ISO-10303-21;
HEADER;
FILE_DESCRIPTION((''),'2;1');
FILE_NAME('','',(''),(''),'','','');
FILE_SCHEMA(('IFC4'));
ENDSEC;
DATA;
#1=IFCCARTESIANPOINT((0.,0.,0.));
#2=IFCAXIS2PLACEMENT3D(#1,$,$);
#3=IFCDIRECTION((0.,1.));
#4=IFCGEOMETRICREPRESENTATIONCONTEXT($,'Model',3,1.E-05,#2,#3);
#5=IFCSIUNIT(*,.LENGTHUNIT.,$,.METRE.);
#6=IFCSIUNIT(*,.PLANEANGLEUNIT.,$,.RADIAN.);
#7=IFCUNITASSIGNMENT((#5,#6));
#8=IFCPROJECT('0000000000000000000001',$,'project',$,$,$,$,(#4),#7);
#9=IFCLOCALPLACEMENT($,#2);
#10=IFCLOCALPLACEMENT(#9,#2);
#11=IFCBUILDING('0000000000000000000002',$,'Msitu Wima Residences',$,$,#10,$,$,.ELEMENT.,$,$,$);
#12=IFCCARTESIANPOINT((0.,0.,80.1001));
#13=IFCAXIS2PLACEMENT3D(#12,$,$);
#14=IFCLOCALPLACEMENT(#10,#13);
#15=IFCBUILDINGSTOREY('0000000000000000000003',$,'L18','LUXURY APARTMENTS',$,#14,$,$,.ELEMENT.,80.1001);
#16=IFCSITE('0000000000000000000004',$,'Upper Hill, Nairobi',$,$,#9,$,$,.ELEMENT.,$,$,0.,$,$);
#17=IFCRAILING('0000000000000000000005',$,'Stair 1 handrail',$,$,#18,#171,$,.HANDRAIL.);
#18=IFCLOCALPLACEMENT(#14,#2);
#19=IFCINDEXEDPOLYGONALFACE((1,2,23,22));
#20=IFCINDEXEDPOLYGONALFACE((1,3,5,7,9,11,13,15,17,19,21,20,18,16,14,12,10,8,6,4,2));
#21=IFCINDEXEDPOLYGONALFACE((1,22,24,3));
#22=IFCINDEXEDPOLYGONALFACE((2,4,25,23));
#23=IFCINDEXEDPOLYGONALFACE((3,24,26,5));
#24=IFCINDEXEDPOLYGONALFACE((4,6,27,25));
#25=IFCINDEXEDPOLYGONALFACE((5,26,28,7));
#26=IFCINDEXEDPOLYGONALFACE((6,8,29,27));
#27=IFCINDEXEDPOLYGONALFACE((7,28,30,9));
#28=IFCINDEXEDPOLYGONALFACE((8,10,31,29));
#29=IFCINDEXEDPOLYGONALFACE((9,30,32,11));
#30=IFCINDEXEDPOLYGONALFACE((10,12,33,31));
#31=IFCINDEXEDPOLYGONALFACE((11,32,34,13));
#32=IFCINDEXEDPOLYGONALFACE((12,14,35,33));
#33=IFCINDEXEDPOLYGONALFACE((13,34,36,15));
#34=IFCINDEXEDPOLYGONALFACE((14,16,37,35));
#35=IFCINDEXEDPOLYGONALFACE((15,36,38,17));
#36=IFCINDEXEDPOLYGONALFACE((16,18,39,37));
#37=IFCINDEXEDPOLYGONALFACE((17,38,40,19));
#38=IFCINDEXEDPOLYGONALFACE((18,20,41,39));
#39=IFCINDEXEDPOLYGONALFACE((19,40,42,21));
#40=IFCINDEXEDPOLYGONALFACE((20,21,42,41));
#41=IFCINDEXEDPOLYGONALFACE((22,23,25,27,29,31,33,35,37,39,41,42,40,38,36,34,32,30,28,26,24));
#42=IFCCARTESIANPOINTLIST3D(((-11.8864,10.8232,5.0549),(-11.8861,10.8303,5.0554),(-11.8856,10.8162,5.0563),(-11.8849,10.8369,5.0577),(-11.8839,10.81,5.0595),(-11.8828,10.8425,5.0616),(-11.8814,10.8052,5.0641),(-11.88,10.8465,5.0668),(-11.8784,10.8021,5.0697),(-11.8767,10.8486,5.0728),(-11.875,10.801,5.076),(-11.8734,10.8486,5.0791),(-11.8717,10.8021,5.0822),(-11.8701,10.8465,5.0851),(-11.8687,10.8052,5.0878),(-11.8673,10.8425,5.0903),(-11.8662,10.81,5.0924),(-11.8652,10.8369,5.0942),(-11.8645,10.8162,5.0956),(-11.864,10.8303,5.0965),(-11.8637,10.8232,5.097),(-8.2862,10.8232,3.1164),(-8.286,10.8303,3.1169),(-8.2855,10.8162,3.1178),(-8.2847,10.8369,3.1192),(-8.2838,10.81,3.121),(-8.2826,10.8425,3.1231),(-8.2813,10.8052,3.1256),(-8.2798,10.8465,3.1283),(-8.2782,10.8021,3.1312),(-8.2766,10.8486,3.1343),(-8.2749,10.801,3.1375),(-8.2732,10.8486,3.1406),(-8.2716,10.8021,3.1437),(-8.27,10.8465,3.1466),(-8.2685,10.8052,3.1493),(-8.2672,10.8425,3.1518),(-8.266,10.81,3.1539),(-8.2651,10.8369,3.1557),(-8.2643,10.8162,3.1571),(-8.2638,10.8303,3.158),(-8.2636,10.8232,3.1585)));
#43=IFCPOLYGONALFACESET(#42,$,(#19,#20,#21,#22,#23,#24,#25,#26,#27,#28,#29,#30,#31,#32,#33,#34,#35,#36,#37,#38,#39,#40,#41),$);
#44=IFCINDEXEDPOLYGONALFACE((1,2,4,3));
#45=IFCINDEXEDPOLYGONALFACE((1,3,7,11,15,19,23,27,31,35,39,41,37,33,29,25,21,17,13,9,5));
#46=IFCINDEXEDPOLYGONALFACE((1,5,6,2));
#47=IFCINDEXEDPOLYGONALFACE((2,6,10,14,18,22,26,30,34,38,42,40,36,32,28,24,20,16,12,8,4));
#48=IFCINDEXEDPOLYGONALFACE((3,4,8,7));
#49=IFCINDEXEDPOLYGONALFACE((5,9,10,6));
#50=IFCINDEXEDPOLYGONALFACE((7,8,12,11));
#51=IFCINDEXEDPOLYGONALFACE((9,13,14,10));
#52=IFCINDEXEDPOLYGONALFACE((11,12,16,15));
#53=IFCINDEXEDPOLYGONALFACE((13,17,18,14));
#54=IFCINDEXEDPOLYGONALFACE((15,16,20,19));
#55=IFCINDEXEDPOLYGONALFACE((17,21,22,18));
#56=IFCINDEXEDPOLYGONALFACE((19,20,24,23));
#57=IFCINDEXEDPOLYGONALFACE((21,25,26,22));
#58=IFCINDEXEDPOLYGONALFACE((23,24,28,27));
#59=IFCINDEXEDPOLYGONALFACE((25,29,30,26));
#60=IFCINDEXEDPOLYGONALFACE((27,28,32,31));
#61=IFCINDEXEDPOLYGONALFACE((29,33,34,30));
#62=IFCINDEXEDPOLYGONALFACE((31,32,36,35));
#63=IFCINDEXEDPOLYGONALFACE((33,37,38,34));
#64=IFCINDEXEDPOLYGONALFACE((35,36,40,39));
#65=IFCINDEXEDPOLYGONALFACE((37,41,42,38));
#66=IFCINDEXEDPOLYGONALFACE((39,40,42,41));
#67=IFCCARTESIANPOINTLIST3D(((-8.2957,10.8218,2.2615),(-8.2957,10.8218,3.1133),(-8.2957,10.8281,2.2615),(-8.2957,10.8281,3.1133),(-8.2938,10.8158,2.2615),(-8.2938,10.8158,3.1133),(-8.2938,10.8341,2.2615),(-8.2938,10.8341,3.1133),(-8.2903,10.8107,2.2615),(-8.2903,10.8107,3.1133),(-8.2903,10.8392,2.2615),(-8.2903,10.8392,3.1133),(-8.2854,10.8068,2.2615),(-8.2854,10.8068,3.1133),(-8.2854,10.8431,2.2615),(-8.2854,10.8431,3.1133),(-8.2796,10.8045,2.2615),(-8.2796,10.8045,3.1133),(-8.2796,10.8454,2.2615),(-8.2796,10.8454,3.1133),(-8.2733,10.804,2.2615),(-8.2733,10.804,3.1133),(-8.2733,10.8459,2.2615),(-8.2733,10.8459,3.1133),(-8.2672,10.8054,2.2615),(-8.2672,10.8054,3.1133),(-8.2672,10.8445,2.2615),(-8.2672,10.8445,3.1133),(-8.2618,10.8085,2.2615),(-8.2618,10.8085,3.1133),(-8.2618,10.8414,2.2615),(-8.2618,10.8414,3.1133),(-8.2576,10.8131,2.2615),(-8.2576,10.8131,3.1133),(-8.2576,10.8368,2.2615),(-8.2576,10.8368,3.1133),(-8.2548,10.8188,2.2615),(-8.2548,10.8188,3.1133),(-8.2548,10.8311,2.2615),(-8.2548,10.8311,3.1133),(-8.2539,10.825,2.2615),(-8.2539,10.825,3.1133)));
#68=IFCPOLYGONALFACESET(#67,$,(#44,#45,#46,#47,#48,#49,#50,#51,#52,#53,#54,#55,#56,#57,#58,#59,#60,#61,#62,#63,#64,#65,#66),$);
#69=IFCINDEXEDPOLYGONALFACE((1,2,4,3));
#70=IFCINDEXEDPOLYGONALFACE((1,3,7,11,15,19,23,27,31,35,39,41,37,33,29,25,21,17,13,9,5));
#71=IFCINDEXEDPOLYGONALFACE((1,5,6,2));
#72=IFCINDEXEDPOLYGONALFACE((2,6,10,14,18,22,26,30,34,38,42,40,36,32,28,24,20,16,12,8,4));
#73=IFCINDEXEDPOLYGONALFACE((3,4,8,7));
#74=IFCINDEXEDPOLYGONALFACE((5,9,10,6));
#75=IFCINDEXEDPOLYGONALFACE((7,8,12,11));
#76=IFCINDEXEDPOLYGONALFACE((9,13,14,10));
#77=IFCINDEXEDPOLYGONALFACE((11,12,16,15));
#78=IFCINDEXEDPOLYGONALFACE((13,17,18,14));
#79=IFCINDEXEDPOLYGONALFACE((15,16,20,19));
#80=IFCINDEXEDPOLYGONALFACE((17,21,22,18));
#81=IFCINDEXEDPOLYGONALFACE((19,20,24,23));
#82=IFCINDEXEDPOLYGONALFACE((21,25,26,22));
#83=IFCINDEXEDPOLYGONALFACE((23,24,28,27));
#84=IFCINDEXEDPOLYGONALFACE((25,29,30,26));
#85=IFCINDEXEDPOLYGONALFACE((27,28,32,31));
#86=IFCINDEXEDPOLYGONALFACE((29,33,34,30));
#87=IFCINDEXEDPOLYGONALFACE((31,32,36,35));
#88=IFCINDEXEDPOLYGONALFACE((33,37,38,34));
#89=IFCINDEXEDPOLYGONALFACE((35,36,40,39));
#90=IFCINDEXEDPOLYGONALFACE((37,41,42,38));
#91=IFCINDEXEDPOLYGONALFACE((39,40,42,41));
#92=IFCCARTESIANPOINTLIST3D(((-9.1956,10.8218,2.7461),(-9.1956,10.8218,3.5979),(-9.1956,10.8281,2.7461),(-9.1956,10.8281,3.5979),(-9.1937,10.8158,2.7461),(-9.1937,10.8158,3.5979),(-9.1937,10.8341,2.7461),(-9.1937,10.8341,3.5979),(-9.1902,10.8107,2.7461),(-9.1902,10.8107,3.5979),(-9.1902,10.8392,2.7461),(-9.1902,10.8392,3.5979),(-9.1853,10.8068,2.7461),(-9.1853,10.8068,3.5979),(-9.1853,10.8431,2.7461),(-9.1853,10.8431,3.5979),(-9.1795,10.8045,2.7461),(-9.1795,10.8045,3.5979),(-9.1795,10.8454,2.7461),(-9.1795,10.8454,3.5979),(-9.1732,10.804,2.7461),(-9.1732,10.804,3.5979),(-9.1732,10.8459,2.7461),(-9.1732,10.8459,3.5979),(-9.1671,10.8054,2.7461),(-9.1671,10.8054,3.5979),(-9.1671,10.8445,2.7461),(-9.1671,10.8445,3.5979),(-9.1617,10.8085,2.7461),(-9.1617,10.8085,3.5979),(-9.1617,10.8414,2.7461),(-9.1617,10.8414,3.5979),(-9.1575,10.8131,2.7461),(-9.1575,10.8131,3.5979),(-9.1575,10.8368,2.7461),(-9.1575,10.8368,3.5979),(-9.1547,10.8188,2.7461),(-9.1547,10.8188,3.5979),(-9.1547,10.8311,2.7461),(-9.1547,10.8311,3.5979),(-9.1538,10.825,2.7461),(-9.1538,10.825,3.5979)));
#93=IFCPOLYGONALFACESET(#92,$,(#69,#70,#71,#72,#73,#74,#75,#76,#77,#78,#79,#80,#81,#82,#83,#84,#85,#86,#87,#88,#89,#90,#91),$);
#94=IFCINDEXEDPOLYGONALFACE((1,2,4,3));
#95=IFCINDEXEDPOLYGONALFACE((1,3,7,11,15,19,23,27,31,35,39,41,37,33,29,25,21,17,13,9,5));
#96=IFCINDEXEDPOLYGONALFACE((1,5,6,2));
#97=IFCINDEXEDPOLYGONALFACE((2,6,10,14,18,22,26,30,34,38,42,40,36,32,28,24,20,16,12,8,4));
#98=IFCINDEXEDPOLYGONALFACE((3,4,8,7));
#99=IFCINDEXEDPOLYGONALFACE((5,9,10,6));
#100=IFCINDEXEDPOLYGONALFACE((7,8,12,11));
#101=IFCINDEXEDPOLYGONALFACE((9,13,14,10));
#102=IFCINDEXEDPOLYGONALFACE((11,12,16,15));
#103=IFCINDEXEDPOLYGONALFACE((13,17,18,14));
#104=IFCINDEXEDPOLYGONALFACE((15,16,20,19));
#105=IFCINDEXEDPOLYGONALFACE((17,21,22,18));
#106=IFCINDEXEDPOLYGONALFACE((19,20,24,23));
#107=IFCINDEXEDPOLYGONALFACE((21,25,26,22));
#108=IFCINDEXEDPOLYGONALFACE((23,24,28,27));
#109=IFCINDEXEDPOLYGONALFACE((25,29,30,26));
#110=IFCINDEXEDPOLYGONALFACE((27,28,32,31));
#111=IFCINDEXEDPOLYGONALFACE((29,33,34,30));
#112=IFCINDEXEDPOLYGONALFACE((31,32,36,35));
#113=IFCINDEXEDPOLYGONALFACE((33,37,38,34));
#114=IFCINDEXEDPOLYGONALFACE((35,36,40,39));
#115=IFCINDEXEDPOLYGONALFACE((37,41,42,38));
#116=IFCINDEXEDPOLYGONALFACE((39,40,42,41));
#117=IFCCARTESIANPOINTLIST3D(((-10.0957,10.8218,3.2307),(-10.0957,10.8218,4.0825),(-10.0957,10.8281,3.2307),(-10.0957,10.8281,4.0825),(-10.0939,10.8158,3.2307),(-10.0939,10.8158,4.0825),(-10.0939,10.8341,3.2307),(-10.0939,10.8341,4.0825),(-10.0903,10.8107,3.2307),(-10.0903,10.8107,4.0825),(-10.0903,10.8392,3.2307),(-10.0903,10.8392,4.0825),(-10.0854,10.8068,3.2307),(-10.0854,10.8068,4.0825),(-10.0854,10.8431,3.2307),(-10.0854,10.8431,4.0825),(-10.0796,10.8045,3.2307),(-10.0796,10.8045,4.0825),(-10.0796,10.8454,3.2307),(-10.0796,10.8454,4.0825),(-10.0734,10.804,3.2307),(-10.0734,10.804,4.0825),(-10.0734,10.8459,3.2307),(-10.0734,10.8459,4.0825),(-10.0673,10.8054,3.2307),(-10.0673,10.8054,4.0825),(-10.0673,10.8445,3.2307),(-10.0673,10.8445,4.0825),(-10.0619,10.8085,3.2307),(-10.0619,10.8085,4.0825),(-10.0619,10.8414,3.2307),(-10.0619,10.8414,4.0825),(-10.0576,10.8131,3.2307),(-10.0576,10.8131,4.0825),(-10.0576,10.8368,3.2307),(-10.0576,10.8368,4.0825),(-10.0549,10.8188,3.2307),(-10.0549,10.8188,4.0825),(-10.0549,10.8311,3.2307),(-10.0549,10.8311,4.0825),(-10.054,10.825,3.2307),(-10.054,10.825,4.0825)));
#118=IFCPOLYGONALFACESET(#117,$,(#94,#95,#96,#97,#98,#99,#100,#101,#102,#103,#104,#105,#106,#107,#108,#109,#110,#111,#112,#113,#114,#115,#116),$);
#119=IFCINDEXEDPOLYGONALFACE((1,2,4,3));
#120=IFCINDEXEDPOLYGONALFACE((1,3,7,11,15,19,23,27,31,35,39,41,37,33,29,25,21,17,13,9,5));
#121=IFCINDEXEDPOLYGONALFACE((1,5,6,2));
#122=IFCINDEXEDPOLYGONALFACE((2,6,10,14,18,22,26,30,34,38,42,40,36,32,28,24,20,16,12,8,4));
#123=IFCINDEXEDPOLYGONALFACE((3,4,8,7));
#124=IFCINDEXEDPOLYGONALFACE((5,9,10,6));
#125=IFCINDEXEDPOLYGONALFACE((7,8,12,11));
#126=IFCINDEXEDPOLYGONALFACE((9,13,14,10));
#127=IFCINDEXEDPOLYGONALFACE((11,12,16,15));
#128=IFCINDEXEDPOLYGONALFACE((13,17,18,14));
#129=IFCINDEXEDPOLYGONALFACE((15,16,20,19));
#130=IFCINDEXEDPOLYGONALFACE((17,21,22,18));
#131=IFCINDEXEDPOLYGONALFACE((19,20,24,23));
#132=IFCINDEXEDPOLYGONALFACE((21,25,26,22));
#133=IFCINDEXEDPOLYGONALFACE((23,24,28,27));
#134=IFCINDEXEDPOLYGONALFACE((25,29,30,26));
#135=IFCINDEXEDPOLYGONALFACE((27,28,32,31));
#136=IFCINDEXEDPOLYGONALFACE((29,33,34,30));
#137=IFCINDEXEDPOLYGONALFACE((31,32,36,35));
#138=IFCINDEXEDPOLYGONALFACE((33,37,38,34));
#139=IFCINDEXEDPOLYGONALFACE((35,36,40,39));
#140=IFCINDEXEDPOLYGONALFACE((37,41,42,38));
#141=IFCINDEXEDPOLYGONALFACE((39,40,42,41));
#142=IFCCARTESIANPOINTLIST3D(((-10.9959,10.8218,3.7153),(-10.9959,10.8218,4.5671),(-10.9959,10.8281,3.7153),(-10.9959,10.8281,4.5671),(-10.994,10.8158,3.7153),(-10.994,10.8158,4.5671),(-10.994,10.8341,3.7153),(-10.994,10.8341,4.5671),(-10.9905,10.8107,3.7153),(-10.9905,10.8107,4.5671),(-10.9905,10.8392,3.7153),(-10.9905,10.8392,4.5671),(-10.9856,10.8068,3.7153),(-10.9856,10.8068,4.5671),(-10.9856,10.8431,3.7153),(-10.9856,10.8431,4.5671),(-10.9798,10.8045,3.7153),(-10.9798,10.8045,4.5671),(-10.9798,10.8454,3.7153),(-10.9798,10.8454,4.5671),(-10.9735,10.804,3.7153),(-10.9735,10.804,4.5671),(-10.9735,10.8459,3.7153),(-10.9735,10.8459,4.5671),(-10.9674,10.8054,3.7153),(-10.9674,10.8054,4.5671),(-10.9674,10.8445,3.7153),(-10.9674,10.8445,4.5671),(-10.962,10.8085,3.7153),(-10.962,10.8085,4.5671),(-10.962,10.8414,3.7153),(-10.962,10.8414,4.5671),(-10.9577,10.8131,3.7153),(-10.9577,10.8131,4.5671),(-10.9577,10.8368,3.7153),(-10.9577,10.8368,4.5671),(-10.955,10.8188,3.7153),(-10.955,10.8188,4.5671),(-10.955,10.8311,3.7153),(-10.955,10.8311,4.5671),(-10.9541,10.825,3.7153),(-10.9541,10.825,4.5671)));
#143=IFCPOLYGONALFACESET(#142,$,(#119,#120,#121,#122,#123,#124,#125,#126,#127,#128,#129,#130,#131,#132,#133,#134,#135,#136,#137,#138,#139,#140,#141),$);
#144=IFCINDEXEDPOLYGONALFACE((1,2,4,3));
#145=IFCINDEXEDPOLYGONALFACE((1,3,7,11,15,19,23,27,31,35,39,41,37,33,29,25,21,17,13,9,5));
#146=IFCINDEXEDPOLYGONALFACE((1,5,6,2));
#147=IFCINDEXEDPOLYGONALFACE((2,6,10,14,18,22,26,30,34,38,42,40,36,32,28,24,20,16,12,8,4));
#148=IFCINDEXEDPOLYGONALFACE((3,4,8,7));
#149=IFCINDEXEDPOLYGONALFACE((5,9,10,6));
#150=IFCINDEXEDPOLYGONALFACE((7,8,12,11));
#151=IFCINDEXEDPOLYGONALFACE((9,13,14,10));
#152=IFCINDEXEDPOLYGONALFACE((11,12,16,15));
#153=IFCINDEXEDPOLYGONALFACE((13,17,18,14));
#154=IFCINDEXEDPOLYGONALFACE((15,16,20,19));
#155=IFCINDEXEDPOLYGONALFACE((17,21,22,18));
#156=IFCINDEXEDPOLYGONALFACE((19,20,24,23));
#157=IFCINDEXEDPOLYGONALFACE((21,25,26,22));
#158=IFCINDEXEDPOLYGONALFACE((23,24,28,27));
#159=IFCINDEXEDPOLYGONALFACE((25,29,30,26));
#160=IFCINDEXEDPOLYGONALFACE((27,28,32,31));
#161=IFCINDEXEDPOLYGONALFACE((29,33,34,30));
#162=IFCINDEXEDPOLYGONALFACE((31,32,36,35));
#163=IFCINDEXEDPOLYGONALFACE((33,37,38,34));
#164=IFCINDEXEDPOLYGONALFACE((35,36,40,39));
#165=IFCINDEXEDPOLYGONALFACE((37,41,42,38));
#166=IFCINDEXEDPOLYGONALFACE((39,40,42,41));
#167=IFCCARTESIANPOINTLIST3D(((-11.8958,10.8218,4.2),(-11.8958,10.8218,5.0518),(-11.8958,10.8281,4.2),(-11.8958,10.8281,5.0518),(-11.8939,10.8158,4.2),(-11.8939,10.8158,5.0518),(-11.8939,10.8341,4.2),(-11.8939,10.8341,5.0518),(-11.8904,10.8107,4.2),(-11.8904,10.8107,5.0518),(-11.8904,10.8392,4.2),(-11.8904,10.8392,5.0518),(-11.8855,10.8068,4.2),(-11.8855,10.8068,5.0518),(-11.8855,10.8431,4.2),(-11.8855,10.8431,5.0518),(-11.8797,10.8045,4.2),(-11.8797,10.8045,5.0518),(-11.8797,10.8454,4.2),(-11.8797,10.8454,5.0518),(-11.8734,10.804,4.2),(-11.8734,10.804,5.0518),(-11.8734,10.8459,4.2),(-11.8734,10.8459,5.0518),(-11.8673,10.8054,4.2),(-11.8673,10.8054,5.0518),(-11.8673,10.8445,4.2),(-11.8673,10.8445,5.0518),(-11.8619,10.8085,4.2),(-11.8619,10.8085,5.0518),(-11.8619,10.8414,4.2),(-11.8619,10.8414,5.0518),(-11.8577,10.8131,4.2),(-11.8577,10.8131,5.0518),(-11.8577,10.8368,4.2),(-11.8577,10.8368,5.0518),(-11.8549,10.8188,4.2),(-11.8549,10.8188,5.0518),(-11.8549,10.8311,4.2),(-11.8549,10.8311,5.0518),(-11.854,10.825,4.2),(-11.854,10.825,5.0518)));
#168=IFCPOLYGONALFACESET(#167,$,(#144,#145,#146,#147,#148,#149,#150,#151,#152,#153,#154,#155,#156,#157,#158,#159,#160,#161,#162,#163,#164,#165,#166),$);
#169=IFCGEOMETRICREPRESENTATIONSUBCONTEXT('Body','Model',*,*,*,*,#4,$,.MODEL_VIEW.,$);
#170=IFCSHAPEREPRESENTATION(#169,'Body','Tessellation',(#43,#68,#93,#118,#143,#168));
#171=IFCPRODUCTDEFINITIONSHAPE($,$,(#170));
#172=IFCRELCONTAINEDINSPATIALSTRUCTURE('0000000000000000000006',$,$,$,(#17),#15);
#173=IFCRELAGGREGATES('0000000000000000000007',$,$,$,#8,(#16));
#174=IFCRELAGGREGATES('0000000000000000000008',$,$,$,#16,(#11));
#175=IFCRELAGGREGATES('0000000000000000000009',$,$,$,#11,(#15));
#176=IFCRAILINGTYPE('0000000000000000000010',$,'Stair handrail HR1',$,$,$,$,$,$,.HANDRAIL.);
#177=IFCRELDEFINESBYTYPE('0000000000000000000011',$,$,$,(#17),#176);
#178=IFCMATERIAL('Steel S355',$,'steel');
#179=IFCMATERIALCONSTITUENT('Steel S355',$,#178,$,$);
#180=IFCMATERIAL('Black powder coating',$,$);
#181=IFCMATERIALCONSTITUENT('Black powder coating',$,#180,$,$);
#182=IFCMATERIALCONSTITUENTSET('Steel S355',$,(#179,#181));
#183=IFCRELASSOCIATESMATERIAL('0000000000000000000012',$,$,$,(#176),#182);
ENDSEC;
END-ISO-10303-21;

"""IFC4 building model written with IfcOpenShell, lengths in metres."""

from ifc_helpers import new_model, si_unit, direction, frame, origin, origin_2d, place, context, subcontext, project, spatial, circle, extrude, material, constituent, constituent_set, type_object, element, save


model = new_model("IFC4")

# Units and contexts
model_context = context("Model", 3, precision=1e-05, world=origin(), true_north=direction((0.0, 1.0)))
body_context = subcontext(model_context, "Body", "Model", "MODEL_VIEW")
ifc_project = project(units=[si_unit("LENGTHUNIT", "METRE"), si_unit("PLANEANGLEUNIT", "RADIAN")], contexts=[model_context])

# Site, building, storey
site_placement = place(None, origin())
site = spatial("IfcSite", under=ifc_project, at=site_placement, Name="Upper Hill, Nairobi", CompositionType="ELEMENT", RefElevation=0.0)
building_placement = place(site_placement, origin())
building = spatial("IfcBuilding", under=site, at=building_placement, Name="Msitu Wima Residences", CompositionType="ELEMENT")
storey_placement = place(building_placement, frame((0.0, 0.0, 80.1001)))
storey = spatial("IfcBuildingStorey", under=building, at=storey_placement, Name="L18", Description="LUXURY APARTMENTS", CompositionType="ELEMENT", Elevation=80.1001)

# Railing
ifc_material_1 = material(Name="Steel S355", Category="steel")
ifc_constituent_1 = constituent(ifc_material_1, Name="Steel S355")
ifc_material_2 = material(Name="Black powder coating")
ifc_constituent_2 = constituent(ifc_material_2, Name="Black powder coating")
ifc_constituent_set = constituent_set(constituents=[ifc_constituent_1, ifc_constituent_2], Name="Steel S355")
railing_type = type_object("IfcRailingType", Name="Stair handrail HR1", PredefinedType="HANDRAIL", material=ifc_constituent_set)
railing_placement = place(storey_placement, frame((-8.2749, 10.825, 2.2615)))
element("IfcRailing", 1, at=railing_placement, inside=storey, type_object=railing_type, Name="Stair 1 handrail", PredefinedType="HANDRAIL", context=body_context, shape_type="SweptSolid", body=[
    extrude(circle(Radius=0.0239, at=origin_2d()), frame((0.0, 0.0, 0.876), z_axis=(-0.880475, 0.0, 0.474093), x_axis=(0.0, -1.0, 0.0)), (0.0, 0.0, 1.0), 4.0889),
    extrude(circle(Radius=0.021, at=origin_2d()), origin(), (0.0, 0.0, 1.0), 0.8518),
    extrude(circle(Radius=0.021, at=origin_2d()), frame((-0.8999, 0.0, 0.4846)), (0.0, 0.0, 1.0), 0.8518),
    extrude(circle(Radius=0.021, at=origin_2d()), frame((-1.8, 0.0, 0.9692)), (0.0, 0.0, 1.0), 0.8518),
    extrude(circle(Radius=0.021, at=origin_2d()), frame((-2.7002, 0.0, 1.4539)), (0.0, 0.0, 1.0), 0.8518),
    extrude(circle(Radius=0.021, at=origin_2d()), frame((-3.6001, 0.0, 1.9385)), (0.0, 0.0, 1.0), 0.8518),
])

save(model, "model.ifc")
